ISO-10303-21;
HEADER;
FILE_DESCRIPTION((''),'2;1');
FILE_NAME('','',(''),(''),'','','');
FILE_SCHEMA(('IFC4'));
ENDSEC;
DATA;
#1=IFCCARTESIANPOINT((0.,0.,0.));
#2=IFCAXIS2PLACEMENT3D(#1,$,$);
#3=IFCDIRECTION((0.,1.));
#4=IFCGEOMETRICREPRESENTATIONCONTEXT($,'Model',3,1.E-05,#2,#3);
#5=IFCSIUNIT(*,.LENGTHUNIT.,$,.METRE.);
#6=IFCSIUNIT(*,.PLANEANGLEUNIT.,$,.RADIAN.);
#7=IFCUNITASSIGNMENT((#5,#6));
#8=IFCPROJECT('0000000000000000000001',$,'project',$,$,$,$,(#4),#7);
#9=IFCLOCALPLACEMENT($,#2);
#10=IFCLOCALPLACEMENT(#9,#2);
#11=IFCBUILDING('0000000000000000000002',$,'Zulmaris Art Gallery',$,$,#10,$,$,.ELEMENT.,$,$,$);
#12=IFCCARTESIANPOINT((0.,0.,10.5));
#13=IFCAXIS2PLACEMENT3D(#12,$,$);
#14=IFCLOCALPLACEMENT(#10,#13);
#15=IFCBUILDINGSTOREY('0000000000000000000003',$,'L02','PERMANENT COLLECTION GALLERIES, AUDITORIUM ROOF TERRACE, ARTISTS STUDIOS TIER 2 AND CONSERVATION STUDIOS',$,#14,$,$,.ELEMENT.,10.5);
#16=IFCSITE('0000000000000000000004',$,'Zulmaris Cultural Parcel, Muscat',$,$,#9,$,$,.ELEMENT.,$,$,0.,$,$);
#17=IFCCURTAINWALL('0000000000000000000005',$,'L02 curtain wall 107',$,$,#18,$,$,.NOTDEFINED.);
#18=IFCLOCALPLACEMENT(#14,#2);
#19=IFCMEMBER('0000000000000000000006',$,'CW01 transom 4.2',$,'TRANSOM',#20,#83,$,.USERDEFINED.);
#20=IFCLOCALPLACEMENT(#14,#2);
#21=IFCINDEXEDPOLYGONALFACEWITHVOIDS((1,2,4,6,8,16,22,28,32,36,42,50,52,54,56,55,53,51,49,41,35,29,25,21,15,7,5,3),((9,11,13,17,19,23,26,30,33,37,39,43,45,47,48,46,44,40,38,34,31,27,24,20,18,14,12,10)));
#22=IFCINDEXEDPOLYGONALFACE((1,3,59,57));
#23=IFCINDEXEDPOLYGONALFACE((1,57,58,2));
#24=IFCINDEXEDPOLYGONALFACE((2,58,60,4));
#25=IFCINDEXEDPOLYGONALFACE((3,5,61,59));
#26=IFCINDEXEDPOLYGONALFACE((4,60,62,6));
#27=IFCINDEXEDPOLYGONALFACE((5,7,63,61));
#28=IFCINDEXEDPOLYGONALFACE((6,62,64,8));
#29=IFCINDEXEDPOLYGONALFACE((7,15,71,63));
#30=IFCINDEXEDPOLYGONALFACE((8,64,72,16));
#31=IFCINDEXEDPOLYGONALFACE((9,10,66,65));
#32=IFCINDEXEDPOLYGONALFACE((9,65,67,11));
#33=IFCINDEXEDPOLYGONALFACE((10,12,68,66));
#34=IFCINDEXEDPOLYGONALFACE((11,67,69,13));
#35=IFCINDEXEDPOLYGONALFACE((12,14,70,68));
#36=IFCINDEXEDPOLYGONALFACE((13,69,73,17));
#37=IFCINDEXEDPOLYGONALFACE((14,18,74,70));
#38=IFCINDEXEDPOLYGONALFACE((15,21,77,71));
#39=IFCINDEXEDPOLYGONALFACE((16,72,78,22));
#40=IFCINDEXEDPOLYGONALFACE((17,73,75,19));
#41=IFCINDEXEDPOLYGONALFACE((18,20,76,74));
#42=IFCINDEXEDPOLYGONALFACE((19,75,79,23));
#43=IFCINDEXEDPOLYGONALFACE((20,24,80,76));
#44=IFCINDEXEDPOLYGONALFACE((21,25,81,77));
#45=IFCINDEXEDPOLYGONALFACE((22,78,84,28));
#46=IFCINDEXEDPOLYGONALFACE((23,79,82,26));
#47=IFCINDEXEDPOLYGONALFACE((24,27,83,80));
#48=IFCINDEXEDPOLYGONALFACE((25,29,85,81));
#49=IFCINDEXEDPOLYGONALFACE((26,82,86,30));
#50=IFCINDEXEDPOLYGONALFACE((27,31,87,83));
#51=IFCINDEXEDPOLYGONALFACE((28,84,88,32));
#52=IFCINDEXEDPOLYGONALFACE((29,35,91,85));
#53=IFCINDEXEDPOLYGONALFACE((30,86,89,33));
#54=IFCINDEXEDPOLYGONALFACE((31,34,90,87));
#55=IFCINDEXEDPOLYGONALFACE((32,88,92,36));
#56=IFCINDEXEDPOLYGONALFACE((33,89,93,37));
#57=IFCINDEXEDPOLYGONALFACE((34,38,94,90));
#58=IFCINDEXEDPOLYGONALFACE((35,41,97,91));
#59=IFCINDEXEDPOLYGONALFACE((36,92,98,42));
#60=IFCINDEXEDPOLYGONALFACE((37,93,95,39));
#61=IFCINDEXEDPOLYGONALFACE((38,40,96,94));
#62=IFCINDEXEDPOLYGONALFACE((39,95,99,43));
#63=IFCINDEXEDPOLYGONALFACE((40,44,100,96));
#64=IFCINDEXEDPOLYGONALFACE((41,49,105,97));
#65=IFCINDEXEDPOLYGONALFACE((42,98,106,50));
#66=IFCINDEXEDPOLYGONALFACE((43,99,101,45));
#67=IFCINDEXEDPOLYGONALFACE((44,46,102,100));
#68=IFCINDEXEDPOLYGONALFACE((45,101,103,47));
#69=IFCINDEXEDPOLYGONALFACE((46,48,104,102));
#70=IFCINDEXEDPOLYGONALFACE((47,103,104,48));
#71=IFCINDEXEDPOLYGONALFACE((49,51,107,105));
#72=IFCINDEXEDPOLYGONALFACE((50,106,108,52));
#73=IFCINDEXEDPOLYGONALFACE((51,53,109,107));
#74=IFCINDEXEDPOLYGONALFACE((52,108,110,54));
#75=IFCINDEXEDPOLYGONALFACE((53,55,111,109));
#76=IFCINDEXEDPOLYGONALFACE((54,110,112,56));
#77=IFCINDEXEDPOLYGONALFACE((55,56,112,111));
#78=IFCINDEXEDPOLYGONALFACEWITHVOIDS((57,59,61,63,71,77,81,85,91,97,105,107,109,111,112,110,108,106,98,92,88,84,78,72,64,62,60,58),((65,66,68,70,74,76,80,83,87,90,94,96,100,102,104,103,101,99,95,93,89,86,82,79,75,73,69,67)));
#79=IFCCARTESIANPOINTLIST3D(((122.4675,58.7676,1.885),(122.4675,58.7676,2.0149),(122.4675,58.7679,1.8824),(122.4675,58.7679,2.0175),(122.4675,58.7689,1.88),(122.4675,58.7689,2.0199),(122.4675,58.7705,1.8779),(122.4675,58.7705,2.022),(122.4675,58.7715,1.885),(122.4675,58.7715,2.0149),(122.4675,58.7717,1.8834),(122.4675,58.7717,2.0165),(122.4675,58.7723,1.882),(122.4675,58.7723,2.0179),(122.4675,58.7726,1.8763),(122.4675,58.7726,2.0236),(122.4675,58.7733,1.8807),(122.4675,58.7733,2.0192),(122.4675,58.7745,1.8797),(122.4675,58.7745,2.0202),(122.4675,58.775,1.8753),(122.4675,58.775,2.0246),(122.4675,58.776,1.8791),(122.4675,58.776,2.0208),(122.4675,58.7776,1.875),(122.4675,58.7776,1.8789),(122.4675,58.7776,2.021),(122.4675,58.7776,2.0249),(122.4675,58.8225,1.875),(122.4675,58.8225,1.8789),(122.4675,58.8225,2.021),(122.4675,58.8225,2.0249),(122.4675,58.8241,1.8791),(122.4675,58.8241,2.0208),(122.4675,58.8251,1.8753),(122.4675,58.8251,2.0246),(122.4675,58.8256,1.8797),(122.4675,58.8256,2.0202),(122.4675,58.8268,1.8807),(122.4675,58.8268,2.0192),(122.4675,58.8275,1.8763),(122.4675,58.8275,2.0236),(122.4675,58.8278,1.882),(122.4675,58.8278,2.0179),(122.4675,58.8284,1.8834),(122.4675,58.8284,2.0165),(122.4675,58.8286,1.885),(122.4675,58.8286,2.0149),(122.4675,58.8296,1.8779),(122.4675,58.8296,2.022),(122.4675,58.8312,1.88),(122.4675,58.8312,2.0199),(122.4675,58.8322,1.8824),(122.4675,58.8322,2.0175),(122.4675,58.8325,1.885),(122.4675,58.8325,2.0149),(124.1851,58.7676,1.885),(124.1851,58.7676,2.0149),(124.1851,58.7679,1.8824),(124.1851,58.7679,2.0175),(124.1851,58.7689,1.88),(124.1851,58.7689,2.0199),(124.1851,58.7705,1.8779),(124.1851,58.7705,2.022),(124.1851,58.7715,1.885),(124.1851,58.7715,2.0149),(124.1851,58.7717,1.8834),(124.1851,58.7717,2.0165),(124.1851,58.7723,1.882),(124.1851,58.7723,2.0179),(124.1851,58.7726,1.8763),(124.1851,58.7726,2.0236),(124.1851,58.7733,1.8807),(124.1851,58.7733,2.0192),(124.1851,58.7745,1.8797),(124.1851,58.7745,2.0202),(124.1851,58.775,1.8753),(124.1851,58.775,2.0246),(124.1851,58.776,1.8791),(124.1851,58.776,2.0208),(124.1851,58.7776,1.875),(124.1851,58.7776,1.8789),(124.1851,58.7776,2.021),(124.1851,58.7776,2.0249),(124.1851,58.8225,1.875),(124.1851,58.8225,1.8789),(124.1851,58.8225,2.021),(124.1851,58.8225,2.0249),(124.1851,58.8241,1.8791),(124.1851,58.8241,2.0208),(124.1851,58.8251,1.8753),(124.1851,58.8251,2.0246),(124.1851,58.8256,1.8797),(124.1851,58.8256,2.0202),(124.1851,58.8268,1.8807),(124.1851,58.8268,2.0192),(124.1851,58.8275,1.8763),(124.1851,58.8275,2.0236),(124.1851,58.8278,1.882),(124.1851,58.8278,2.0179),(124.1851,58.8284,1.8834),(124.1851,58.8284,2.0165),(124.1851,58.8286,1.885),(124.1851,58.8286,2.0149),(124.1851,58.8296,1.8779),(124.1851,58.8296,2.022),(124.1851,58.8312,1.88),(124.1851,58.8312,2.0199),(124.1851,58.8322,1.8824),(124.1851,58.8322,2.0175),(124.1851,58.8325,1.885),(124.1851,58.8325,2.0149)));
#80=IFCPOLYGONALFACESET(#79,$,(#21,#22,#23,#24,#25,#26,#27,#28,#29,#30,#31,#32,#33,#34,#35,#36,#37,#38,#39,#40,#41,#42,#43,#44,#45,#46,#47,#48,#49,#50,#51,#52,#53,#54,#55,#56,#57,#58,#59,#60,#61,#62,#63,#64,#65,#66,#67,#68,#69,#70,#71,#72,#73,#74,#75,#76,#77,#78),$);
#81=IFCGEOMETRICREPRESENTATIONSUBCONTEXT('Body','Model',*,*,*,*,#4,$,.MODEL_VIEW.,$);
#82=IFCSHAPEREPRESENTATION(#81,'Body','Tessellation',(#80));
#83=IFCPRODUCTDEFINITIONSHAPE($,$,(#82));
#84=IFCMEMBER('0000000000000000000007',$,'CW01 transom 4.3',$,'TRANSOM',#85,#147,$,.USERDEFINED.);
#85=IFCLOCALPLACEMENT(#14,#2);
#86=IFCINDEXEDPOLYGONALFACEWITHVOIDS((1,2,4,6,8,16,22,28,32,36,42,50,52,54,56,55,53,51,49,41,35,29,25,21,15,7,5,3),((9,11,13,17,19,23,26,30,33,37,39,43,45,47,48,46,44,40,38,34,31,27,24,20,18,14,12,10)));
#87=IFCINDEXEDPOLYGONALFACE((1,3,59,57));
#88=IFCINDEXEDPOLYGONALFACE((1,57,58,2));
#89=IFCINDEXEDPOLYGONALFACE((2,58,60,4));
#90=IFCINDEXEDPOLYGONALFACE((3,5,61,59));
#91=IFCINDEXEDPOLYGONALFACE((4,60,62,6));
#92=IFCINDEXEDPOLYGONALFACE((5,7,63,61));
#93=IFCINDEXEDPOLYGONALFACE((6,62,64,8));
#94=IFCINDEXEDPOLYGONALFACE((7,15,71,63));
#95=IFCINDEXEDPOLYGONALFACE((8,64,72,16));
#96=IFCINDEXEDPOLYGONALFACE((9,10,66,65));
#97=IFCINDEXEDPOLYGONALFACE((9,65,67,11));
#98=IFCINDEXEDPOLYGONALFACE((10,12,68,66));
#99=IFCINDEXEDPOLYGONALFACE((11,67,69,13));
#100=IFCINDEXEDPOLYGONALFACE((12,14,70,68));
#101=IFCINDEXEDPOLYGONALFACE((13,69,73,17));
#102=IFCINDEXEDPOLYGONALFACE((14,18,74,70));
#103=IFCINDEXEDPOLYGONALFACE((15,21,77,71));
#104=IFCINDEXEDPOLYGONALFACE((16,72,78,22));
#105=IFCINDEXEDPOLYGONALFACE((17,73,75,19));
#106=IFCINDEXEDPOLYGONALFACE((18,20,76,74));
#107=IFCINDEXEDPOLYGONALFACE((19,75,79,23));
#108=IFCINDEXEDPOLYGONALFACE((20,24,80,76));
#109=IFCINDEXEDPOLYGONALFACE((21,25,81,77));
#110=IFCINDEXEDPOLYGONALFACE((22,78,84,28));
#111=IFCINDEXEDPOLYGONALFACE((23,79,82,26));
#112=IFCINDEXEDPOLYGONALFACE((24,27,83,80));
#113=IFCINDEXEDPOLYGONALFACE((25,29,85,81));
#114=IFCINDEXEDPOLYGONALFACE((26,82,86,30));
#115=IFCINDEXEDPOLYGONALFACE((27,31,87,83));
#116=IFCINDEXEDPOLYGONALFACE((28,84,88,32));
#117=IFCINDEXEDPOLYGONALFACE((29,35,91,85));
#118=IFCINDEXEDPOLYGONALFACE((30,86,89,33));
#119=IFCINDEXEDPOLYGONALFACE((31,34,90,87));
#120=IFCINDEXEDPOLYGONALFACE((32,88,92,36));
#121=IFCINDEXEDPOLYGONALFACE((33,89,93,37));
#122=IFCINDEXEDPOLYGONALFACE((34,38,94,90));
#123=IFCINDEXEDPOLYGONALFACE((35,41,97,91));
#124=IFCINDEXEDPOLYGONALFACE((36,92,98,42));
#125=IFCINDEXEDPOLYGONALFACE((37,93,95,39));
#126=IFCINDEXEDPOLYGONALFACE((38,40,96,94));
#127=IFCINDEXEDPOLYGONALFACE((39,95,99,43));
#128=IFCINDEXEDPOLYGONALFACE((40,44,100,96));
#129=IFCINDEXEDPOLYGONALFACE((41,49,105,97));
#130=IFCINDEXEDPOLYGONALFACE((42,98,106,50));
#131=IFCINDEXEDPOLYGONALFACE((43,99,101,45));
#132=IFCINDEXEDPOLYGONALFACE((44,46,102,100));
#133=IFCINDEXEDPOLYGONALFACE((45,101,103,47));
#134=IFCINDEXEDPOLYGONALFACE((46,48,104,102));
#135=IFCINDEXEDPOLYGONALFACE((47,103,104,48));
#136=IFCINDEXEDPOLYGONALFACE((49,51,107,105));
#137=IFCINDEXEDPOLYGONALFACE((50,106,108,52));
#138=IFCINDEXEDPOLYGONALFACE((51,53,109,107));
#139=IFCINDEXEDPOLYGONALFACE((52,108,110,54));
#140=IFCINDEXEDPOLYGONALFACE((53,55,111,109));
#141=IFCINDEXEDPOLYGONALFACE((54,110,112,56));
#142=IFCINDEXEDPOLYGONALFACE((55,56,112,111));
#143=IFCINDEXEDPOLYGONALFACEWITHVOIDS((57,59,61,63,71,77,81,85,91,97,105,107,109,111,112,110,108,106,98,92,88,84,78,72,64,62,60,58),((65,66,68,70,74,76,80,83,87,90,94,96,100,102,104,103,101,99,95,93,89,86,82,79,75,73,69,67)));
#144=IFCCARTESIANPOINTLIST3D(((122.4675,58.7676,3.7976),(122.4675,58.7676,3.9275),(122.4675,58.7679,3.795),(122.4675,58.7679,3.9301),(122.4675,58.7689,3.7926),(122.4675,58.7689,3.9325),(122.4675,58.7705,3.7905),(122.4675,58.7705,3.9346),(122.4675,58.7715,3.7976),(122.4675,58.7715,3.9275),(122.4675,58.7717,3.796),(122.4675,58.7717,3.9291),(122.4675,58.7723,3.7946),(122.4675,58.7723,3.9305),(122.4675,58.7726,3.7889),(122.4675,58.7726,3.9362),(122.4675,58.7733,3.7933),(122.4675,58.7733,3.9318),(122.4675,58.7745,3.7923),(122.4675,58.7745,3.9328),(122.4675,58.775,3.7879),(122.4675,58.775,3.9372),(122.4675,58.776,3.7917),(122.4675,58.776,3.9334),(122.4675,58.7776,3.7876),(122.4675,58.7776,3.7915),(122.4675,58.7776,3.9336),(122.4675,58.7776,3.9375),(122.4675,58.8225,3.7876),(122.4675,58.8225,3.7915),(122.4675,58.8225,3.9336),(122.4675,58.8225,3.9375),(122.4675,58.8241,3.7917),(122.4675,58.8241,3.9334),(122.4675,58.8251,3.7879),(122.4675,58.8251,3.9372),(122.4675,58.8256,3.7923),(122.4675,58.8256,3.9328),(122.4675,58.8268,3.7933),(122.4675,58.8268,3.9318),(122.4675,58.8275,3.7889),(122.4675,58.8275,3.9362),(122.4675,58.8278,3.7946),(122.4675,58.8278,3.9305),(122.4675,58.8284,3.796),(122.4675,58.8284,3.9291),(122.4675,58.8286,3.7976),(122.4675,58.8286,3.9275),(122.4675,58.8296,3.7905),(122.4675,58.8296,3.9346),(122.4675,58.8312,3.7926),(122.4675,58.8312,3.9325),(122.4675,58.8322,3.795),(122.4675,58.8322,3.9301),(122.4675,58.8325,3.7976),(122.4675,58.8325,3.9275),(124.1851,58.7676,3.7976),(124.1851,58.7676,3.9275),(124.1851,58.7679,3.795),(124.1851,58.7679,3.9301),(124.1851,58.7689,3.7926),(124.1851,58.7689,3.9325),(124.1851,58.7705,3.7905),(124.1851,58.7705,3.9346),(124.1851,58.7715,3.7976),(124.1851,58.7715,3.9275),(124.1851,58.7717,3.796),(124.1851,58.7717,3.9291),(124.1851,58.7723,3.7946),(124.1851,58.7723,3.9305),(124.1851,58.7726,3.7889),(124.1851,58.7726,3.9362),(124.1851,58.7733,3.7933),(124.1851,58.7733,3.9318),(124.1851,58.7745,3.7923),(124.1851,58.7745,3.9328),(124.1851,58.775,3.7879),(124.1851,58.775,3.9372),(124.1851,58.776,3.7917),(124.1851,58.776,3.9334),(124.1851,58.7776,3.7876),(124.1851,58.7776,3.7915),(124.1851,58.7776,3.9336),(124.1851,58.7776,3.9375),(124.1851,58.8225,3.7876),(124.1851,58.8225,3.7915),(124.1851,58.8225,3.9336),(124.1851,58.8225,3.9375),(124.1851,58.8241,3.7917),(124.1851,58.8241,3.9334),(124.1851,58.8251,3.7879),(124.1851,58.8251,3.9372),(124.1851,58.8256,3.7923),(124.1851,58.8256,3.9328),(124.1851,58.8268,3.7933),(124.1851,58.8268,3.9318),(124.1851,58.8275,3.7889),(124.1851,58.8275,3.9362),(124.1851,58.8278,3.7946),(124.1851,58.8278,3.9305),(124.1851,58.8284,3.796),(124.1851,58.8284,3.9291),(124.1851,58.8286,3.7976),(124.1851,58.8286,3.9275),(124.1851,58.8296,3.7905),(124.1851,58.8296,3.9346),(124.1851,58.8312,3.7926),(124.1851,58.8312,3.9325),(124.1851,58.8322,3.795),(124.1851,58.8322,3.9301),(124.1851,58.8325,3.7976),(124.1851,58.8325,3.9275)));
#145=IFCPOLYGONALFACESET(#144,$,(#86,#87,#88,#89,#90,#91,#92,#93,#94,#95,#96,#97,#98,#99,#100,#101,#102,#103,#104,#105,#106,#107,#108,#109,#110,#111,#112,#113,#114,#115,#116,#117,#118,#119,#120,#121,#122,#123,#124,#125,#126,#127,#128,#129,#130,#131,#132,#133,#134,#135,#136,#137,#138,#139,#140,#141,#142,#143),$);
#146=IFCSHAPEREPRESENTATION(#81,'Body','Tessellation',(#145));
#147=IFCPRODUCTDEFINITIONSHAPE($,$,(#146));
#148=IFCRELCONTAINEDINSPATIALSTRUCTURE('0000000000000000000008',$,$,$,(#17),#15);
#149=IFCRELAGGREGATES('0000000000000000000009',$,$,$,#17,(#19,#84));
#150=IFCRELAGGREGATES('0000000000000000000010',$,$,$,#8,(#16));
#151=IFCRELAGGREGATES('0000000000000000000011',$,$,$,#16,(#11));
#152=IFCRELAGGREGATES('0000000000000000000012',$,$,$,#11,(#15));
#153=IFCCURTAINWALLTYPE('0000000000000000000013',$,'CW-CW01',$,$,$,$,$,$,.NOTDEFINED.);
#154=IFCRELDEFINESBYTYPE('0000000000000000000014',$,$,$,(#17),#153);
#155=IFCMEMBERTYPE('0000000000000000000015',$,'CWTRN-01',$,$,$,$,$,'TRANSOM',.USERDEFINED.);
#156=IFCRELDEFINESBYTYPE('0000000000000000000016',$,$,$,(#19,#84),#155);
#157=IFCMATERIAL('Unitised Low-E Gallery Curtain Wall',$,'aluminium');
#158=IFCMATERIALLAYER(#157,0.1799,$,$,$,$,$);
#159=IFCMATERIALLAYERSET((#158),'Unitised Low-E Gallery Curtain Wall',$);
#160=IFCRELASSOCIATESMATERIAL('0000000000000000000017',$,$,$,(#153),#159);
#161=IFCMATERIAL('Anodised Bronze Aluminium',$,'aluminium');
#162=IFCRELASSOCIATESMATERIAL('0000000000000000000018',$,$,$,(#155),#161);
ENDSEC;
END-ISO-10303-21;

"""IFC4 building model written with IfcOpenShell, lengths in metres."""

from ifc_helpers import new_model, si_unit, direction, frame, origin, origin_2d, place, context, subcontext, project, spatial, hollow_rectangle, extrude, material, layer, layer_set, material_profile, profile_set, type_object, element, aggregate, save


model = new_model("IFC4")

# Units and contexts
model_context = context("Model", 3, precision=1e-05, world=origin(), true_north=direction((0.0, 1.0)))
body_context = subcontext(model_context, "Body", "Model", "MODEL_VIEW")
ifc_project = project(units=[si_unit("LENGTHUNIT", "METRE"), si_unit("PLANEANGLEUNIT", "RADIAN")], contexts=[model_context])

# Site, building, storey
site_placement = place(None, origin())
site = spatial("IfcSite", under=ifc_project, at=site_placement, Name="Zulmaris Cultural Parcel, Muscat", CompositionType="ELEMENT", RefElevation=0.0)
building_placement = place(site_placement, origin())
building = spatial("IfcBuilding", under=site, at=building_placement, Name="Zulmaris Art Gallery", CompositionType="ELEMENT")
storey_placement = place(building_placement, frame((0.0, 0.0, 10.5)))
storey = spatial("IfcBuildingStorey", under=building, at=storey_placement, Name="L02", Description="PERMANENT COLLECTION GALLERIES, AUDITORIUM ROOF TERRACE, ARTISTS STUDIOS TIER 2 AND CONSERVATION STUDIOS", CompositionType="ELEMENT", Elevation=10.5)

# Curtain wall
ifc_material_1 = material(Name="Unitised Low-E Gallery Curtain Wall", Category="aluminium")
ifc_layer_1 = layer(ifc_material_1, 0.1799)
ifc_layer_set_1 = layer_set([ifc_layer_1], Name="Unitised Low-E Gallery Curtain Wall")
curtain_wall_type = type_object("IfcCurtainWallType", Name="CW-CW01", PredefinedType="NOTDEFINED", material=ifc_layer_set_1)
curtain_wall_1_placement = place(storey_placement, origin())
curtain_wall_1 = element("IfcCurtainWall", 1, at=curtain_wall_1_placement, inside=storey, type_object=curtain_wall_type, Name="L02 curtain wall 107", PredefinedType="NOTDEFINED")
ifc_material_2 = material(Name="Anodised Bronze Aluminium", Category="aluminium")

# Members
ifc_material_profile_1 = material_profile(ifc_material_2, hollow_rectangle(XDim=0.0649, YDim=0.1499, WallThickness=0.0039, InnerFilletRadius=0.0061, OuterFilletRadius=0.01, at=origin_2d()), Name="ALU 65x150x4")
ifc_profile_set_1 = profile_set([ifc_material_profile_1], Name="Anodised Bronze Aluminium")
member_type_1 = type_object("IfcMemberType", Name="CWTRN-01", ElementType="TRANSOM", PredefinedType="USERDEFINED", material=ifc_profile_set_1)
member_1_placement = place(storey_placement, frame((122.4675, 58.8, 1.95), z_axis=(1.0, 0.0, 0.0), x_axis=(0.0, 1.0, 0.0)))
member_1 = element("IfcMember", 2, at=member_1_placement, type_object=member_type_1, Name="CW01 transom 4.2", ObjectType="TRANSOM", PredefinedType="USERDEFINED", context=body_context, shape_type="SweptSolid", body=[
    extrude(hollow_rectangle(XDim=0.0649, YDim=0.1499, WallThickness=0.0039, InnerFilletRadius=0.0061, OuterFilletRadius=0.01, at=origin_2d()), origin(), (0.0, 0.0, 1.0), 1.7175),
])
member_2_placement = place(storey_placement, frame((122.4675, 58.8, 3.8625), z_axis=(1.0, 0.0, 0.0), x_axis=(0.0, 1.0, 0.0)))
member_2 = element("IfcMember", 3, at=member_2_placement, type_object=member_type_1, Name="CW01 transom 4.3", ObjectType="TRANSOM", PredefinedType="USERDEFINED", context=body_context, shape_type="SweptSolid", body=[
    extrude(hollow_rectangle(XDim=0.0649, YDim=0.1499, WallThickness=0.0039, InnerFilletRadius=0.0061, OuterFilletRadius=0.01, at=origin_2d()), origin(), (0.0, 0.0, 1.0), 1.7175),
])

aggregate(curtain_wall_1, [member_1, member_2])

save(model, "model.ifc")
